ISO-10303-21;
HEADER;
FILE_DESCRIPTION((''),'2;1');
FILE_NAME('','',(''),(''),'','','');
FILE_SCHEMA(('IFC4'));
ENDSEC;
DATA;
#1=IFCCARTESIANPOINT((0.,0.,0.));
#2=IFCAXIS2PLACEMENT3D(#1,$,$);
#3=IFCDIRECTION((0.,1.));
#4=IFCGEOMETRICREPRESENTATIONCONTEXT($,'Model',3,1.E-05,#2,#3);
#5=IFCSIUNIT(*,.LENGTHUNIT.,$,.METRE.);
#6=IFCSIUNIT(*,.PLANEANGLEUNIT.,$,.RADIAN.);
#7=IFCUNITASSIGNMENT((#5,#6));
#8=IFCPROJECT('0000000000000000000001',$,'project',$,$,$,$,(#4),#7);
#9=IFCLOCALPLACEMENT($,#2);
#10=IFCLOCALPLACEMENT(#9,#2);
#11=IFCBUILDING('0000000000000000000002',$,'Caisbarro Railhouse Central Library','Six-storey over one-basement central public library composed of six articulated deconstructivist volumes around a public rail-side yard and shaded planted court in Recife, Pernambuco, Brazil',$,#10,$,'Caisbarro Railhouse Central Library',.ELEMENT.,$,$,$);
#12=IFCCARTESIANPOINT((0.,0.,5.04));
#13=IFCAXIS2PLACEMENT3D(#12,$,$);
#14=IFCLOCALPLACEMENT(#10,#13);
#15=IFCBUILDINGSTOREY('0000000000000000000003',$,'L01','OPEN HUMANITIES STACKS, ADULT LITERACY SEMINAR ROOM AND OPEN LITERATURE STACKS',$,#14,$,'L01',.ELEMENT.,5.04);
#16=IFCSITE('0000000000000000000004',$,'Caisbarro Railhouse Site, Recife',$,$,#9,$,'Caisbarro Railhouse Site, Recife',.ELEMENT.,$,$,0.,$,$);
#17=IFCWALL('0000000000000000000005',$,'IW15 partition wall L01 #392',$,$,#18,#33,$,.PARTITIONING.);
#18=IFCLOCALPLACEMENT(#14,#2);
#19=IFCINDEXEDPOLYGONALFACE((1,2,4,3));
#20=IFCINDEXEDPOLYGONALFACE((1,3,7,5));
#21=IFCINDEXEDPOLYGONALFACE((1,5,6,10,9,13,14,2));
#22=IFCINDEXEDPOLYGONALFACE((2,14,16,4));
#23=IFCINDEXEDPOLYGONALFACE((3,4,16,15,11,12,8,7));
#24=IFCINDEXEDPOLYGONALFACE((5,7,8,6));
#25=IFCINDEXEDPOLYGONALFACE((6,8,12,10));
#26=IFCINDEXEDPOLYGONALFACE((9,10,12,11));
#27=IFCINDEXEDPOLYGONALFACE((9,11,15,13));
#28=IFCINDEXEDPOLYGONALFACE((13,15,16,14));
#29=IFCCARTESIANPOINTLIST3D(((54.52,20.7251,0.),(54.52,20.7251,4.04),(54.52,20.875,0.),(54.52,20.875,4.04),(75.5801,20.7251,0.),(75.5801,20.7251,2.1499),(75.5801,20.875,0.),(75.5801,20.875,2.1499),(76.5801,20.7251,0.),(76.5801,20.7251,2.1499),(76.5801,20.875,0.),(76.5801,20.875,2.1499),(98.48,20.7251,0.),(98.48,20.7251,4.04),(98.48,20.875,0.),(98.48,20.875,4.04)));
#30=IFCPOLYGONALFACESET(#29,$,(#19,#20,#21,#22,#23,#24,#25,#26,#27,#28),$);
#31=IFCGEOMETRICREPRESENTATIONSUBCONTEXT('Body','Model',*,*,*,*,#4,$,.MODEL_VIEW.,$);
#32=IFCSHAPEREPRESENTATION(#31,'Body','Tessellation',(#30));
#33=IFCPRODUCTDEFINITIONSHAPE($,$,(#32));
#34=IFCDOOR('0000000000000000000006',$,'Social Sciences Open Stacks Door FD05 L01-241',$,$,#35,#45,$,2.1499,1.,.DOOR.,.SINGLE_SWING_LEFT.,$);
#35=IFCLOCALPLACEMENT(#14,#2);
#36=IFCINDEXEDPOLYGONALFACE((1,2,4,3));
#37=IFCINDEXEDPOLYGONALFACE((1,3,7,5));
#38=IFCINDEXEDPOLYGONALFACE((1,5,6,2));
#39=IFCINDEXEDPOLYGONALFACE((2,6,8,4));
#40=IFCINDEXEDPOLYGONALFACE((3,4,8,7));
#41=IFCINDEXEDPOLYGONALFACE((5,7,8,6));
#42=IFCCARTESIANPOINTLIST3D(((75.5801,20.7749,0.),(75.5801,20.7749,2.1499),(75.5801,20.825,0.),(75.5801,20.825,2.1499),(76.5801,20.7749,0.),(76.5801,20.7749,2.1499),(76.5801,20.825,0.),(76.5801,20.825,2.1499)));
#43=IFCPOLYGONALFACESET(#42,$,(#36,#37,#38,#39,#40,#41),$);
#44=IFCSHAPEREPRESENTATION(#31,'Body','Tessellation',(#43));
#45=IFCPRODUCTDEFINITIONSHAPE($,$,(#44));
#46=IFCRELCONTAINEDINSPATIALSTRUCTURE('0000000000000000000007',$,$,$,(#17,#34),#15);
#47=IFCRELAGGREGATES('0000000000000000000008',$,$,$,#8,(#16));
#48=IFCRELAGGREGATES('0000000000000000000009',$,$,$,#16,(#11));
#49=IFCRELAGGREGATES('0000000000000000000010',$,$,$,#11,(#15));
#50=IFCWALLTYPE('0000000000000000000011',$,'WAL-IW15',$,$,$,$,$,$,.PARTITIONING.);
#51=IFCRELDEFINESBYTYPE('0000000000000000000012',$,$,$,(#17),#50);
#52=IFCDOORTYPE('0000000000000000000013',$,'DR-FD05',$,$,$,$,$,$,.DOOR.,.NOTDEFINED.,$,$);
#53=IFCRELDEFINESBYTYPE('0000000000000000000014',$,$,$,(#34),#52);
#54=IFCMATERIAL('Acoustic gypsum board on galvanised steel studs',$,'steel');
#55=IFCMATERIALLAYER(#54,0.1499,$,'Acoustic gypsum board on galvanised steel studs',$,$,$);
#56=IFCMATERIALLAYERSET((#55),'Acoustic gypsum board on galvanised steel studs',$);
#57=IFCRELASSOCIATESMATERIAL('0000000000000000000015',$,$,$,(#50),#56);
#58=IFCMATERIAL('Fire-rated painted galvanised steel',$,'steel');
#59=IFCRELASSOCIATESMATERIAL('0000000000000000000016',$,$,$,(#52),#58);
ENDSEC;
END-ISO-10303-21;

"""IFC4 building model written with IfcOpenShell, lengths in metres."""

from ifc_helpers import new_model, si_unit, direction, frame, frame_2d, origin, place, context, subcontext, project, spatial, rectangle, extrude, material, layer, layer_set, type_object, element, fill, save


model = new_model("IFC4")

# Units and contexts
model_context = context("Model", 3, precision=1e-05, world=origin(), true_north=direction((0.0, 1.0)))
body_context = subcontext(model_context, "Body", "Model", "MODEL_VIEW")
ifc_project = project(units=[si_unit("LENGTHUNIT", "METRE"), si_unit("PLANEANGLEUNIT", "RADIAN")], contexts=[model_context])

# Site, building, storey
site_placement = place(None, origin())
site = spatial("IfcSite", under=ifc_project, at=site_placement, Name="Caisbarro Railhouse Site, Recife", LongName="Caisbarro Railhouse Site, Recife", CompositionType="ELEMENT", RefElevation=0.0)
building_placement = place(site_placement, origin())
building = spatial("IfcBuilding", under=site, at=building_placement, Name="Caisbarro Railhouse Central Library", Description="Six-storey over one-basement central public library composed of six articulated deconstructivist volumes around a public rail-side yard and shaded planted court in Recife, Pernambuco, Brazil", LongName="Caisbarro Railhouse Central Library", CompositionType="ELEMENT")
storey_placement = place(building_placement, frame((0.0, 0.0, 5.04)))
storey = spatial("IfcBuildingStorey", under=building, at=storey_placement, Name="L01", Description="OPEN HUMANITIES STACKS, ADULT LITERACY SEMINAR ROOM AND OPEN LITERATURE STACKS", LongName="L01", CompositionType="ELEMENT", Elevation=5.04)

# Wall, opening, door
ifc_material_1 = material(Name="Acoustic gypsum board on galvanised steel studs", Category="steel")
ifc_layer_1 = layer(ifc_material_1, 0.1499, Name="Acoustic gypsum board on galvanised steel studs")
ifc_layer_set_1 = layer_set([ifc_layer_1], Name="Acoustic gypsum board on galvanised steel studs")
wall_type_1 = type_object("IfcWallType", Name="WAL-IW15", PredefinedType="PARTITIONING", material=ifc_layer_set_1)
wall_1_placement = place(storey_placement, frame((54.52, 20.8, 0.0), z_axis=(0.0, 0.0, 1.0), x_axis=(1.0, 0.0, 0.0)))
wall_1 = element("IfcWall", 1, at=wall_1_placement, inside=storey, type_object=wall_type_1, Name="IW15 partition wall L01 #392", PredefinedType="PARTITIONING", context=body_context, shape_type="SweptSolid", body=[
    extrude(rectangle(XDim=43.96, YDim=0.1499, at=frame_2d((21.98, 0.0))), origin(), (0.0, 0.0, 1.0), 4.04),
])
opening_1_placement = place(wall_1_placement, frame((21.0601, 0.0, 0.0)))
opening_1 = element("IfcOpeningElement", 2, at=opening_1_placement, cuts=wall_1, PredefinedType="OPENING", context=body_context, shape_type="SweptSolid", body=[
    extrude(rectangle(XDim=1.0, YDim=2.1499, at=frame_2d((0.5, 1.075))), frame((0.0, 0.085, 0.0), z_axis=(0.0, -1.0, 0.0), x_axis=(1.0, 0.0, 0.0)), (0.0, 0.0, 1.0), 0.1699),
])
ifc_material_2 = material(Name="Fire-rated painted galvanised steel", Category="steel")
door_type = type_object("IfcDoorType", Name="DR-FD05", OperationType="NOTDEFINED", PredefinedType="DOOR", material=ifc_material_2)
door_placement = place(opening_1_placement, origin())
door = element("IfcDoor", 3, at=door_placement, inside=storey, type_object=door_type, Name="Social Sciences Open Stacks Door FD05 L01-241", OperationType="SINGLE_SWING_LEFT", OverallHeight=2.1499, OverallWidth=1.0, PredefinedType="DOOR", context=body_context, shape_type="SweptSolid", body=[
    extrude(rectangle(XDim=1.0, YDim=2.1499, at=frame_2d((0.5, 1.075))), frame((0.0, 0.0249, 0.0), z_axis=(0.0, -1.0, 0.0), x_axis=(1.0, 0.0, 0.0)), (0.0, 0.0, 1.0), 0.05),
])
fill(opening_1, door)

save(model, "model.ifc")
